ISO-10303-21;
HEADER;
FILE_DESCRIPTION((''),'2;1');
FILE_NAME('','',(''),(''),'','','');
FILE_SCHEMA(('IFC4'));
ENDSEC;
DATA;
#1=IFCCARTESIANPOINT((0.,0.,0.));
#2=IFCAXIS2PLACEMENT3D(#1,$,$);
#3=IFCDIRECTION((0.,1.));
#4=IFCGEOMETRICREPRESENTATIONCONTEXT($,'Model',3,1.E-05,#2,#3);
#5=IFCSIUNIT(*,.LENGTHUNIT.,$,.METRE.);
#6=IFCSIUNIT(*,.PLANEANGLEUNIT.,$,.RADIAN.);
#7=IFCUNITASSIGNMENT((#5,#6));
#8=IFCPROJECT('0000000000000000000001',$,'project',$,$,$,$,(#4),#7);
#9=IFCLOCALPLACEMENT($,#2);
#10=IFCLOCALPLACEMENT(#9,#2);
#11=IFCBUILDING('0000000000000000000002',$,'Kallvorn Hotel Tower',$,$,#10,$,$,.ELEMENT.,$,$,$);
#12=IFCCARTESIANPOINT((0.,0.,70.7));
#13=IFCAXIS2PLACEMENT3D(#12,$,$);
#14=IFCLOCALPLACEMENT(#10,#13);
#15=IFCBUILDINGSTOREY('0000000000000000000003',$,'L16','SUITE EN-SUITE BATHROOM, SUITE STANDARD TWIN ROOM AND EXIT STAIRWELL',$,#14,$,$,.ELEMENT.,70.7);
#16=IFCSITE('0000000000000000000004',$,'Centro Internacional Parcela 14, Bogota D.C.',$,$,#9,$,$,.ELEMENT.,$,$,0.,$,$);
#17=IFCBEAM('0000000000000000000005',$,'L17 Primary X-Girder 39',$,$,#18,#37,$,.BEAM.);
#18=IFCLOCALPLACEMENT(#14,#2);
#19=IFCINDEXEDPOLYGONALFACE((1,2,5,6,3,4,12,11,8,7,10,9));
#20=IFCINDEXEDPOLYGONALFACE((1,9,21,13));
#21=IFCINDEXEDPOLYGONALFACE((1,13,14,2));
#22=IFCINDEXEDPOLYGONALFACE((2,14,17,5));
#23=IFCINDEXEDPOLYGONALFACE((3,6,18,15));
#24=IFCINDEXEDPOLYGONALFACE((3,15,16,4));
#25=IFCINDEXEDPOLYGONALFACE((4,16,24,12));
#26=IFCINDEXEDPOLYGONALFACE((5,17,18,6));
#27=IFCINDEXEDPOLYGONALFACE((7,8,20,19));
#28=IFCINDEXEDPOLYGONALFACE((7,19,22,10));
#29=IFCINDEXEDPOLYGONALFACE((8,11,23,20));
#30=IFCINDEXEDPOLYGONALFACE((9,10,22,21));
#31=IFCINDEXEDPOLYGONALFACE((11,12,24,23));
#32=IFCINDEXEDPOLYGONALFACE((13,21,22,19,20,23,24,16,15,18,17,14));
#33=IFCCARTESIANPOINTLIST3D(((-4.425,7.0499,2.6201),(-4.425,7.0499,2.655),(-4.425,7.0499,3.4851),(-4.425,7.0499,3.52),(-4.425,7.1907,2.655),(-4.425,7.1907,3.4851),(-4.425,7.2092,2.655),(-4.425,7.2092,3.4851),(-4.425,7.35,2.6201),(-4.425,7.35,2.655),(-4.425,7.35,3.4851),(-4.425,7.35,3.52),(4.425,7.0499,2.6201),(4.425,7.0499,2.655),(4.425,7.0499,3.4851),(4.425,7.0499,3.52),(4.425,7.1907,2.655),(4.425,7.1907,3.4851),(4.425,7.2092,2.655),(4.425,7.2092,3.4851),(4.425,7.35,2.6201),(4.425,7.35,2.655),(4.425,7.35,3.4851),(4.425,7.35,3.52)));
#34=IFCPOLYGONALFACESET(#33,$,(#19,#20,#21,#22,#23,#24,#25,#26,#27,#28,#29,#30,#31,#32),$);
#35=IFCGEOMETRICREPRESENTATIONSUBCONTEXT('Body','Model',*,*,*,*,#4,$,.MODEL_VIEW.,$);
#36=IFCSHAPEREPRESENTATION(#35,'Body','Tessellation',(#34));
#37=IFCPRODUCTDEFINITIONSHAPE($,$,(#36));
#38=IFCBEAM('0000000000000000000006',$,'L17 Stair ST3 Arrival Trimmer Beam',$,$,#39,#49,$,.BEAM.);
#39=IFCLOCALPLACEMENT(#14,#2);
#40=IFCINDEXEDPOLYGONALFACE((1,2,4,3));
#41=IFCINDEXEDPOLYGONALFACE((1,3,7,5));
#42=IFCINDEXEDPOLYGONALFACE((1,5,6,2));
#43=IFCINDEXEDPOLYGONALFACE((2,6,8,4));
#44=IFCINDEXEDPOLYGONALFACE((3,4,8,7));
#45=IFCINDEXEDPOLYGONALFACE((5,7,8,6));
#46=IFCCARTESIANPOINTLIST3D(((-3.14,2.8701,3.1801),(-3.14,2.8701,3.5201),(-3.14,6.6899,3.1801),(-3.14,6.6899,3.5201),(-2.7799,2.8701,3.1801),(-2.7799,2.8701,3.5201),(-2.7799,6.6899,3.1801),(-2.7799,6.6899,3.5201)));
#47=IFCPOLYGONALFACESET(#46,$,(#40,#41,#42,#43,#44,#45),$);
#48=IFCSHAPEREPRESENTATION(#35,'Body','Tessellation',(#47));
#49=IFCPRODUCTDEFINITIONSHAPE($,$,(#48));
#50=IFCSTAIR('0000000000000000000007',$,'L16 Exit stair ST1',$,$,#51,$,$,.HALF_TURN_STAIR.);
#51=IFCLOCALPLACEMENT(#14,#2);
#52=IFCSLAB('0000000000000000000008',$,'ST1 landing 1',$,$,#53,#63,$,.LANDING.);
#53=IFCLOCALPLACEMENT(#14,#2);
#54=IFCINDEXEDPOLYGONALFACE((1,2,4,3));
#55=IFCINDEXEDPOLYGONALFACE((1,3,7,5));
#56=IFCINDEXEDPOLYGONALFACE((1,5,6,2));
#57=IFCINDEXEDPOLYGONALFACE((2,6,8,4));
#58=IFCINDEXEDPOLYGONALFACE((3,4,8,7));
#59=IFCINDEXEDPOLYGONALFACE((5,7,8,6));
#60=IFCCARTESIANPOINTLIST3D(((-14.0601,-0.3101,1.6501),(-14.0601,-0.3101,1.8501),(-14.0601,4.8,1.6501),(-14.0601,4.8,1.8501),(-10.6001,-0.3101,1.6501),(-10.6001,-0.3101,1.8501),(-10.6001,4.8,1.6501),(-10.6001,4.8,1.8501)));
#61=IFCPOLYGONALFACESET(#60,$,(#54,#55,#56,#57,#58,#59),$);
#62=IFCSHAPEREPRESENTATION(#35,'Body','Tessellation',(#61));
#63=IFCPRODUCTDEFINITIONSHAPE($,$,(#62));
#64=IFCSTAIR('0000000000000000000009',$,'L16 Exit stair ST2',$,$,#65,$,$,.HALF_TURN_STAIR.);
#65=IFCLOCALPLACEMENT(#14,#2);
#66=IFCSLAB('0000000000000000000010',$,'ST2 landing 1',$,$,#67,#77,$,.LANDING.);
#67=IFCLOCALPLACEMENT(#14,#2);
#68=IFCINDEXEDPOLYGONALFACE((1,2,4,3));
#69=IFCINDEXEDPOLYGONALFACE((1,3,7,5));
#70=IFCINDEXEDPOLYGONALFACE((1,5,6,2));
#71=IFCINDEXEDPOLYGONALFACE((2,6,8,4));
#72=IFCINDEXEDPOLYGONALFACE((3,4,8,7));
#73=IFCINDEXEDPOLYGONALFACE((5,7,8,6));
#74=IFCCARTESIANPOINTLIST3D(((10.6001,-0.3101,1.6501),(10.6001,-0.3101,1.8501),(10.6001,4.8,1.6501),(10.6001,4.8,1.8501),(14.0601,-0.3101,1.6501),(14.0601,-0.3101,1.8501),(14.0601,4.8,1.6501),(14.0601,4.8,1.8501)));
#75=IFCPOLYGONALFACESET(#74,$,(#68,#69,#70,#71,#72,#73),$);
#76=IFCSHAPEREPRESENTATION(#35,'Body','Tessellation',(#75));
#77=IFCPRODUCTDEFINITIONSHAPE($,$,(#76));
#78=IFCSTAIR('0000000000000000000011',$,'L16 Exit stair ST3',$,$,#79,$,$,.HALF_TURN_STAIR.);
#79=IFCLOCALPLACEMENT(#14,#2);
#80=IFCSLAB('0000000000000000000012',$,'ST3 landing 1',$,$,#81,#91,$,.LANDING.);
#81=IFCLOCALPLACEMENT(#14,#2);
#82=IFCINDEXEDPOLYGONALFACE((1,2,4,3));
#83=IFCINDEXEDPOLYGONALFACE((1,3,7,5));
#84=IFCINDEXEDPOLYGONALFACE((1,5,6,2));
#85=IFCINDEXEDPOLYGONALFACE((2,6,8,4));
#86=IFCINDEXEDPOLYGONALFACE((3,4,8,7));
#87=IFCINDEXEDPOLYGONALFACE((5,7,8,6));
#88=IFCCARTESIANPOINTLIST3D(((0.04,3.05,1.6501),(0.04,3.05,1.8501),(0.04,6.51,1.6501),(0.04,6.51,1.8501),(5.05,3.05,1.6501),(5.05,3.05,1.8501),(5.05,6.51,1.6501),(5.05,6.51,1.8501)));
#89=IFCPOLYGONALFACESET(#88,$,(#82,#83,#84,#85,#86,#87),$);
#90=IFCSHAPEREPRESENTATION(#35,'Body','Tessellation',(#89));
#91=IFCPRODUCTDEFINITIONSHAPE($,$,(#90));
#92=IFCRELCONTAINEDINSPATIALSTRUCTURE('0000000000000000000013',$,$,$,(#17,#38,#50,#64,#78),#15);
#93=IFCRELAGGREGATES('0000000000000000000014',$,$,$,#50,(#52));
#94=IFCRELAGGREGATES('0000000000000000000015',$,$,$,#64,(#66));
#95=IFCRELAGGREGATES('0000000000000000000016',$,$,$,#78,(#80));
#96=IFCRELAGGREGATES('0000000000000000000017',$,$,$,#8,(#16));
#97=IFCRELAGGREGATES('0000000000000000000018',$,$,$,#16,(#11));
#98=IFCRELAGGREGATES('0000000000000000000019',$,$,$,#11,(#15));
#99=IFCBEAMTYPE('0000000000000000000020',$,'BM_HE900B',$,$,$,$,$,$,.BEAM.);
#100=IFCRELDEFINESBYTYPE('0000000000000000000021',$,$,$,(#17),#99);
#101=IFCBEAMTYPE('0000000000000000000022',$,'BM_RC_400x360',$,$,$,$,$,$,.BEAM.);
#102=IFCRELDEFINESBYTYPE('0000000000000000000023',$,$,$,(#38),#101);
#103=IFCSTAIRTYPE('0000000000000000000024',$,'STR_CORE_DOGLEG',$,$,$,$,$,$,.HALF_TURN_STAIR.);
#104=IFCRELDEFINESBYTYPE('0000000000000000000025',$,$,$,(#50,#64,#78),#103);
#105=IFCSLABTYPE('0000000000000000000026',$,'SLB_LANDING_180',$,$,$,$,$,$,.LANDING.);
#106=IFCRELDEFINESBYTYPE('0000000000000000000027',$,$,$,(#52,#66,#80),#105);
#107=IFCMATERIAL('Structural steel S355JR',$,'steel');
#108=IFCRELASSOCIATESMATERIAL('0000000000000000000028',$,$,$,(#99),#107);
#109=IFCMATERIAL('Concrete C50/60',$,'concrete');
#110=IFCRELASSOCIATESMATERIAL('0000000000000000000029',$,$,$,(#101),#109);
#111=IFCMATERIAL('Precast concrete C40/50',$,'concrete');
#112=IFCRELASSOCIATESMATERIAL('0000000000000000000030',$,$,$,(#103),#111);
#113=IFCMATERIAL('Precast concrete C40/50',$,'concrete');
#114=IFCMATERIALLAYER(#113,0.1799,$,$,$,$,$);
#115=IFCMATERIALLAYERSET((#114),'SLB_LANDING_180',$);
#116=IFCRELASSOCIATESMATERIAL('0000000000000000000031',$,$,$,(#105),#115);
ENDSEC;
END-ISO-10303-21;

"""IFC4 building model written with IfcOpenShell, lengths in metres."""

from ifc_helpers import new_model, si_unit, direction, frame, origin, origin_2d, place, context, subcontext, project, spatial, polyline, rectangle, i_section, outline, extrude, material, layer, layer_set, material_profile, profile_set, type_object, element, aggregate, save


model = new_model("IFC4")

# Units and contexts
model_context = context("Model", 3, precision=1e-05, world=origin(), true_north=direction((0.0, 1.0)))
body_context = subcontext(model_context, "Body", "Model", "MODEL_VIEW")
ifc_project = project(units=[si_unit("LENGTHUNIT", "METRE"), si_unit("PLANEANGLEUNIT", "RADIAN")], contexts=[model_context])

# Site, building, storey
site_placement = place(None, origin())
site = spatial("IfcSite", under=ifc_project, at=site_placement, Name="Centro Internacional Parcela 14, Bogota D.C.", CompositionType="ELEMENT", RefElevation=0.0)
building_placement = place(site_placement, origin())
building = spatial("IfcBuilding", under=site, at=building_placement, Name="Kallvorn Hotel Tower", CompositionType="ELEMENT")
storey_placement = place(building_placement, frame((0.0, 0.0, 70.7)))
storey = spatial("IfcBuildingStorey", under=building, at=storey_placement, Name="L16", Description="SUITE EN-SUITE BATHROOM, SUITE STANDARD TWIN ROOM AND EXIT STAIRWELL", CompositionType="ELEMENT", Elevation=70.7)

# Beams
ifc_material_1 = material(Name="Structural steel S355JR", Category="steel")
ifc_material_profile_1 = material_profile(ifc_material_1, i_section(OverallWidth=0.3, OverallDepth=0.8999, WebThickness=0.0186, FlangeThickness=0.0349, at=origin_2d()), Name="HE 900 B")
ifc_profile_set_1 = profile_set([ifc_material_profile_1], Name="Structural steel S355JR")
beam_type_1 = type_object("IfcBeamType", Name="BM_HE900B", PredefinedType="BEAM", material=ifc_profile_set_1)
beam_1_placement = place(storey_placement, frame((-4.425, 7.2, 3.0701), z_axis=(1.0, 0.0, 0.0), x_axis=(0.0, 1.0, 0.0)))
element("IfcBeam", 1, at=beam_1_placement, inside=storey, type_object=beam_type_1, Name="L17 Primary X-Girder 39", PredefinedType="BEAM", context=body_context, shape_type="SweptSolid", body=[
    extrude(i_section(OverallWidth=0.3, OverallDepth=0.8999, WebThickness=0.0186, FlangeThickness=0.0349, at=origin_2d()), origin(), (0.0, 0.0, 1.0), 8.8501),
])
ifc_material_2 = material(Name="Concrete C50/60", Category="concrete")
ifc_material_profile_2 = material_profile(ifc_material_2, rectangle(XDim=0.3601, YDim=0.3401, at=origin_2d()), Name="RC 360x340")
ifc_profile_set_2 = profile_set([ifc_material_profile_2], Name="Concrete C50/60")
beam_type_2 = type_object("IfcBeamType", Name="BM_RC_400x360", PredefinedType="BEAM", material=ifc_profile_set_2)
beam_2_placement = place(storey_placement, frame((-2.96, 2.8701, 3.3501), z_axis=(0.0, 1.0, 0.0), x_axis=(-1.0, 0.0, 0.0)))
element("IfcBeam", 2, at=beam_2_placement, inside=storey, type_object=beam_type_2, Name="L17 Stair ST3 Arrival Trimmer Beam", PredefinedType="BEAM", context=body_context, shape_type="SweptSolid", body=[
    extrude(rectangle(XDim=0.3601, YDim=0.3401, at=origin_2d()), origin(), (0.0, 0.0, 1.0), 3.8198),
])

# Stairs, slabs
ifc_material_3 = material(Name="Precast concrete C40/50", Category="concrete")
stair_type = type_object("IfcStairType", Name="STR_CORE_DOGLEG", PredefinedType="HALF_TURN_STAIR", material=ifc_material_3)
stair_1_placement = place(storey_placement, origin())
stair_1 = element("IfcStair", 3, at=stair_1_placement, inside=storey, type_object=stair_type, Name="L16 Exit stair ST1", PredefinedType="HALF_TURN_STAIR")
ifc_material_4 = material(Name="Precast concrete C40/50", Category="concrete")
ifc_layer_1 = layer(ifc_material_4, 0.1799)
ifc_layer_set_1 = layer_set([ifc_layer_1], Name="SLB_LANDING_180")
slab_type_1 = type_object("IfcSlabType", Name="SLB_LANDING_180", PredefinedType="LANDING", material=ifc_layer_set_1)
slab_1_placement = place(storey_placement, frame((0.0, 0.0, 1.6501)))
slab_1 = element("IfcSlab", 4, at=slab_1_placement, type_object=slab_type_1, Name="ST1 landing 1", PredefinedType="LANDING", context=body_context, shape_type="SweptSolid", body=[
    extrude(outline(polyline([(-10.6001, -0.3101), (-10.6001, 4.8), (-14.0601, 4.8), (-14.0601, -0.3101), (-10.6001, -0.3101)])), origin(), (0.0, 0.0, 1.0), 0.2),
])
aggregate(stair_1, [slab_1])
stair_2_placement = place(storey_placement, origin())
stair_2 = element("IfcStair", 5, at=stair_2_placement, inside=storey, type_object=stair_type, Name="L16 Exit stair ST2", PredefinedType="HALF_TURN_STAIR")
slab_2_placement = place(storey_placement, frame((0.0, 0.0, 1.6501)))
slab_2 = element("IfcSlab", 6, at=slab_2_placement, type_object=slab_type_1, Name="ST2 landing 1", PredefinedType="LANDING", context=body_context, shape_type="SweptSolid", body=[
    extrude(outline(polyline([(14.0601, -0.3101), (14.0601, 4.8), (10.6001, 4.8), (10.6001, -0.3101), (14.0601, -0.3101)])), origin(), (0.0, 0.0, 1.0), 0.2),
])
aggregate(stair_2, [slab_2])
stair_3_placement = place(storey_placement, origin())
stair_3 = element("IfcStair", 7, at=stair_3_placement, inside=storey, type_object=stair_type, Name="L16 Exit stair ST3", PredefinedType="HALF_TURN_STAIR")
slab_3_placement = place(storey_placement, frame((0.0, 0.0, 1.6501)))
slab_3 = element("IfcSlab", 8, at=slab_3_placement, type_object=slab_type_1, Name="ST3 landing 1", PredefinedType="LANDING", context=body_context, shape_type="SweptSolid", body=[
    extrude(outline(polyline([(0.04, 3.05), (5.05, 3.05), (5.05, 6.51), (0.04, 6.51), (0.04, 3.05)])), origin(), (0.0, 0.0, 1.0), 0.2),
])

aggregate(stair_3, [slab_3])

save(model, "model.ifc")
